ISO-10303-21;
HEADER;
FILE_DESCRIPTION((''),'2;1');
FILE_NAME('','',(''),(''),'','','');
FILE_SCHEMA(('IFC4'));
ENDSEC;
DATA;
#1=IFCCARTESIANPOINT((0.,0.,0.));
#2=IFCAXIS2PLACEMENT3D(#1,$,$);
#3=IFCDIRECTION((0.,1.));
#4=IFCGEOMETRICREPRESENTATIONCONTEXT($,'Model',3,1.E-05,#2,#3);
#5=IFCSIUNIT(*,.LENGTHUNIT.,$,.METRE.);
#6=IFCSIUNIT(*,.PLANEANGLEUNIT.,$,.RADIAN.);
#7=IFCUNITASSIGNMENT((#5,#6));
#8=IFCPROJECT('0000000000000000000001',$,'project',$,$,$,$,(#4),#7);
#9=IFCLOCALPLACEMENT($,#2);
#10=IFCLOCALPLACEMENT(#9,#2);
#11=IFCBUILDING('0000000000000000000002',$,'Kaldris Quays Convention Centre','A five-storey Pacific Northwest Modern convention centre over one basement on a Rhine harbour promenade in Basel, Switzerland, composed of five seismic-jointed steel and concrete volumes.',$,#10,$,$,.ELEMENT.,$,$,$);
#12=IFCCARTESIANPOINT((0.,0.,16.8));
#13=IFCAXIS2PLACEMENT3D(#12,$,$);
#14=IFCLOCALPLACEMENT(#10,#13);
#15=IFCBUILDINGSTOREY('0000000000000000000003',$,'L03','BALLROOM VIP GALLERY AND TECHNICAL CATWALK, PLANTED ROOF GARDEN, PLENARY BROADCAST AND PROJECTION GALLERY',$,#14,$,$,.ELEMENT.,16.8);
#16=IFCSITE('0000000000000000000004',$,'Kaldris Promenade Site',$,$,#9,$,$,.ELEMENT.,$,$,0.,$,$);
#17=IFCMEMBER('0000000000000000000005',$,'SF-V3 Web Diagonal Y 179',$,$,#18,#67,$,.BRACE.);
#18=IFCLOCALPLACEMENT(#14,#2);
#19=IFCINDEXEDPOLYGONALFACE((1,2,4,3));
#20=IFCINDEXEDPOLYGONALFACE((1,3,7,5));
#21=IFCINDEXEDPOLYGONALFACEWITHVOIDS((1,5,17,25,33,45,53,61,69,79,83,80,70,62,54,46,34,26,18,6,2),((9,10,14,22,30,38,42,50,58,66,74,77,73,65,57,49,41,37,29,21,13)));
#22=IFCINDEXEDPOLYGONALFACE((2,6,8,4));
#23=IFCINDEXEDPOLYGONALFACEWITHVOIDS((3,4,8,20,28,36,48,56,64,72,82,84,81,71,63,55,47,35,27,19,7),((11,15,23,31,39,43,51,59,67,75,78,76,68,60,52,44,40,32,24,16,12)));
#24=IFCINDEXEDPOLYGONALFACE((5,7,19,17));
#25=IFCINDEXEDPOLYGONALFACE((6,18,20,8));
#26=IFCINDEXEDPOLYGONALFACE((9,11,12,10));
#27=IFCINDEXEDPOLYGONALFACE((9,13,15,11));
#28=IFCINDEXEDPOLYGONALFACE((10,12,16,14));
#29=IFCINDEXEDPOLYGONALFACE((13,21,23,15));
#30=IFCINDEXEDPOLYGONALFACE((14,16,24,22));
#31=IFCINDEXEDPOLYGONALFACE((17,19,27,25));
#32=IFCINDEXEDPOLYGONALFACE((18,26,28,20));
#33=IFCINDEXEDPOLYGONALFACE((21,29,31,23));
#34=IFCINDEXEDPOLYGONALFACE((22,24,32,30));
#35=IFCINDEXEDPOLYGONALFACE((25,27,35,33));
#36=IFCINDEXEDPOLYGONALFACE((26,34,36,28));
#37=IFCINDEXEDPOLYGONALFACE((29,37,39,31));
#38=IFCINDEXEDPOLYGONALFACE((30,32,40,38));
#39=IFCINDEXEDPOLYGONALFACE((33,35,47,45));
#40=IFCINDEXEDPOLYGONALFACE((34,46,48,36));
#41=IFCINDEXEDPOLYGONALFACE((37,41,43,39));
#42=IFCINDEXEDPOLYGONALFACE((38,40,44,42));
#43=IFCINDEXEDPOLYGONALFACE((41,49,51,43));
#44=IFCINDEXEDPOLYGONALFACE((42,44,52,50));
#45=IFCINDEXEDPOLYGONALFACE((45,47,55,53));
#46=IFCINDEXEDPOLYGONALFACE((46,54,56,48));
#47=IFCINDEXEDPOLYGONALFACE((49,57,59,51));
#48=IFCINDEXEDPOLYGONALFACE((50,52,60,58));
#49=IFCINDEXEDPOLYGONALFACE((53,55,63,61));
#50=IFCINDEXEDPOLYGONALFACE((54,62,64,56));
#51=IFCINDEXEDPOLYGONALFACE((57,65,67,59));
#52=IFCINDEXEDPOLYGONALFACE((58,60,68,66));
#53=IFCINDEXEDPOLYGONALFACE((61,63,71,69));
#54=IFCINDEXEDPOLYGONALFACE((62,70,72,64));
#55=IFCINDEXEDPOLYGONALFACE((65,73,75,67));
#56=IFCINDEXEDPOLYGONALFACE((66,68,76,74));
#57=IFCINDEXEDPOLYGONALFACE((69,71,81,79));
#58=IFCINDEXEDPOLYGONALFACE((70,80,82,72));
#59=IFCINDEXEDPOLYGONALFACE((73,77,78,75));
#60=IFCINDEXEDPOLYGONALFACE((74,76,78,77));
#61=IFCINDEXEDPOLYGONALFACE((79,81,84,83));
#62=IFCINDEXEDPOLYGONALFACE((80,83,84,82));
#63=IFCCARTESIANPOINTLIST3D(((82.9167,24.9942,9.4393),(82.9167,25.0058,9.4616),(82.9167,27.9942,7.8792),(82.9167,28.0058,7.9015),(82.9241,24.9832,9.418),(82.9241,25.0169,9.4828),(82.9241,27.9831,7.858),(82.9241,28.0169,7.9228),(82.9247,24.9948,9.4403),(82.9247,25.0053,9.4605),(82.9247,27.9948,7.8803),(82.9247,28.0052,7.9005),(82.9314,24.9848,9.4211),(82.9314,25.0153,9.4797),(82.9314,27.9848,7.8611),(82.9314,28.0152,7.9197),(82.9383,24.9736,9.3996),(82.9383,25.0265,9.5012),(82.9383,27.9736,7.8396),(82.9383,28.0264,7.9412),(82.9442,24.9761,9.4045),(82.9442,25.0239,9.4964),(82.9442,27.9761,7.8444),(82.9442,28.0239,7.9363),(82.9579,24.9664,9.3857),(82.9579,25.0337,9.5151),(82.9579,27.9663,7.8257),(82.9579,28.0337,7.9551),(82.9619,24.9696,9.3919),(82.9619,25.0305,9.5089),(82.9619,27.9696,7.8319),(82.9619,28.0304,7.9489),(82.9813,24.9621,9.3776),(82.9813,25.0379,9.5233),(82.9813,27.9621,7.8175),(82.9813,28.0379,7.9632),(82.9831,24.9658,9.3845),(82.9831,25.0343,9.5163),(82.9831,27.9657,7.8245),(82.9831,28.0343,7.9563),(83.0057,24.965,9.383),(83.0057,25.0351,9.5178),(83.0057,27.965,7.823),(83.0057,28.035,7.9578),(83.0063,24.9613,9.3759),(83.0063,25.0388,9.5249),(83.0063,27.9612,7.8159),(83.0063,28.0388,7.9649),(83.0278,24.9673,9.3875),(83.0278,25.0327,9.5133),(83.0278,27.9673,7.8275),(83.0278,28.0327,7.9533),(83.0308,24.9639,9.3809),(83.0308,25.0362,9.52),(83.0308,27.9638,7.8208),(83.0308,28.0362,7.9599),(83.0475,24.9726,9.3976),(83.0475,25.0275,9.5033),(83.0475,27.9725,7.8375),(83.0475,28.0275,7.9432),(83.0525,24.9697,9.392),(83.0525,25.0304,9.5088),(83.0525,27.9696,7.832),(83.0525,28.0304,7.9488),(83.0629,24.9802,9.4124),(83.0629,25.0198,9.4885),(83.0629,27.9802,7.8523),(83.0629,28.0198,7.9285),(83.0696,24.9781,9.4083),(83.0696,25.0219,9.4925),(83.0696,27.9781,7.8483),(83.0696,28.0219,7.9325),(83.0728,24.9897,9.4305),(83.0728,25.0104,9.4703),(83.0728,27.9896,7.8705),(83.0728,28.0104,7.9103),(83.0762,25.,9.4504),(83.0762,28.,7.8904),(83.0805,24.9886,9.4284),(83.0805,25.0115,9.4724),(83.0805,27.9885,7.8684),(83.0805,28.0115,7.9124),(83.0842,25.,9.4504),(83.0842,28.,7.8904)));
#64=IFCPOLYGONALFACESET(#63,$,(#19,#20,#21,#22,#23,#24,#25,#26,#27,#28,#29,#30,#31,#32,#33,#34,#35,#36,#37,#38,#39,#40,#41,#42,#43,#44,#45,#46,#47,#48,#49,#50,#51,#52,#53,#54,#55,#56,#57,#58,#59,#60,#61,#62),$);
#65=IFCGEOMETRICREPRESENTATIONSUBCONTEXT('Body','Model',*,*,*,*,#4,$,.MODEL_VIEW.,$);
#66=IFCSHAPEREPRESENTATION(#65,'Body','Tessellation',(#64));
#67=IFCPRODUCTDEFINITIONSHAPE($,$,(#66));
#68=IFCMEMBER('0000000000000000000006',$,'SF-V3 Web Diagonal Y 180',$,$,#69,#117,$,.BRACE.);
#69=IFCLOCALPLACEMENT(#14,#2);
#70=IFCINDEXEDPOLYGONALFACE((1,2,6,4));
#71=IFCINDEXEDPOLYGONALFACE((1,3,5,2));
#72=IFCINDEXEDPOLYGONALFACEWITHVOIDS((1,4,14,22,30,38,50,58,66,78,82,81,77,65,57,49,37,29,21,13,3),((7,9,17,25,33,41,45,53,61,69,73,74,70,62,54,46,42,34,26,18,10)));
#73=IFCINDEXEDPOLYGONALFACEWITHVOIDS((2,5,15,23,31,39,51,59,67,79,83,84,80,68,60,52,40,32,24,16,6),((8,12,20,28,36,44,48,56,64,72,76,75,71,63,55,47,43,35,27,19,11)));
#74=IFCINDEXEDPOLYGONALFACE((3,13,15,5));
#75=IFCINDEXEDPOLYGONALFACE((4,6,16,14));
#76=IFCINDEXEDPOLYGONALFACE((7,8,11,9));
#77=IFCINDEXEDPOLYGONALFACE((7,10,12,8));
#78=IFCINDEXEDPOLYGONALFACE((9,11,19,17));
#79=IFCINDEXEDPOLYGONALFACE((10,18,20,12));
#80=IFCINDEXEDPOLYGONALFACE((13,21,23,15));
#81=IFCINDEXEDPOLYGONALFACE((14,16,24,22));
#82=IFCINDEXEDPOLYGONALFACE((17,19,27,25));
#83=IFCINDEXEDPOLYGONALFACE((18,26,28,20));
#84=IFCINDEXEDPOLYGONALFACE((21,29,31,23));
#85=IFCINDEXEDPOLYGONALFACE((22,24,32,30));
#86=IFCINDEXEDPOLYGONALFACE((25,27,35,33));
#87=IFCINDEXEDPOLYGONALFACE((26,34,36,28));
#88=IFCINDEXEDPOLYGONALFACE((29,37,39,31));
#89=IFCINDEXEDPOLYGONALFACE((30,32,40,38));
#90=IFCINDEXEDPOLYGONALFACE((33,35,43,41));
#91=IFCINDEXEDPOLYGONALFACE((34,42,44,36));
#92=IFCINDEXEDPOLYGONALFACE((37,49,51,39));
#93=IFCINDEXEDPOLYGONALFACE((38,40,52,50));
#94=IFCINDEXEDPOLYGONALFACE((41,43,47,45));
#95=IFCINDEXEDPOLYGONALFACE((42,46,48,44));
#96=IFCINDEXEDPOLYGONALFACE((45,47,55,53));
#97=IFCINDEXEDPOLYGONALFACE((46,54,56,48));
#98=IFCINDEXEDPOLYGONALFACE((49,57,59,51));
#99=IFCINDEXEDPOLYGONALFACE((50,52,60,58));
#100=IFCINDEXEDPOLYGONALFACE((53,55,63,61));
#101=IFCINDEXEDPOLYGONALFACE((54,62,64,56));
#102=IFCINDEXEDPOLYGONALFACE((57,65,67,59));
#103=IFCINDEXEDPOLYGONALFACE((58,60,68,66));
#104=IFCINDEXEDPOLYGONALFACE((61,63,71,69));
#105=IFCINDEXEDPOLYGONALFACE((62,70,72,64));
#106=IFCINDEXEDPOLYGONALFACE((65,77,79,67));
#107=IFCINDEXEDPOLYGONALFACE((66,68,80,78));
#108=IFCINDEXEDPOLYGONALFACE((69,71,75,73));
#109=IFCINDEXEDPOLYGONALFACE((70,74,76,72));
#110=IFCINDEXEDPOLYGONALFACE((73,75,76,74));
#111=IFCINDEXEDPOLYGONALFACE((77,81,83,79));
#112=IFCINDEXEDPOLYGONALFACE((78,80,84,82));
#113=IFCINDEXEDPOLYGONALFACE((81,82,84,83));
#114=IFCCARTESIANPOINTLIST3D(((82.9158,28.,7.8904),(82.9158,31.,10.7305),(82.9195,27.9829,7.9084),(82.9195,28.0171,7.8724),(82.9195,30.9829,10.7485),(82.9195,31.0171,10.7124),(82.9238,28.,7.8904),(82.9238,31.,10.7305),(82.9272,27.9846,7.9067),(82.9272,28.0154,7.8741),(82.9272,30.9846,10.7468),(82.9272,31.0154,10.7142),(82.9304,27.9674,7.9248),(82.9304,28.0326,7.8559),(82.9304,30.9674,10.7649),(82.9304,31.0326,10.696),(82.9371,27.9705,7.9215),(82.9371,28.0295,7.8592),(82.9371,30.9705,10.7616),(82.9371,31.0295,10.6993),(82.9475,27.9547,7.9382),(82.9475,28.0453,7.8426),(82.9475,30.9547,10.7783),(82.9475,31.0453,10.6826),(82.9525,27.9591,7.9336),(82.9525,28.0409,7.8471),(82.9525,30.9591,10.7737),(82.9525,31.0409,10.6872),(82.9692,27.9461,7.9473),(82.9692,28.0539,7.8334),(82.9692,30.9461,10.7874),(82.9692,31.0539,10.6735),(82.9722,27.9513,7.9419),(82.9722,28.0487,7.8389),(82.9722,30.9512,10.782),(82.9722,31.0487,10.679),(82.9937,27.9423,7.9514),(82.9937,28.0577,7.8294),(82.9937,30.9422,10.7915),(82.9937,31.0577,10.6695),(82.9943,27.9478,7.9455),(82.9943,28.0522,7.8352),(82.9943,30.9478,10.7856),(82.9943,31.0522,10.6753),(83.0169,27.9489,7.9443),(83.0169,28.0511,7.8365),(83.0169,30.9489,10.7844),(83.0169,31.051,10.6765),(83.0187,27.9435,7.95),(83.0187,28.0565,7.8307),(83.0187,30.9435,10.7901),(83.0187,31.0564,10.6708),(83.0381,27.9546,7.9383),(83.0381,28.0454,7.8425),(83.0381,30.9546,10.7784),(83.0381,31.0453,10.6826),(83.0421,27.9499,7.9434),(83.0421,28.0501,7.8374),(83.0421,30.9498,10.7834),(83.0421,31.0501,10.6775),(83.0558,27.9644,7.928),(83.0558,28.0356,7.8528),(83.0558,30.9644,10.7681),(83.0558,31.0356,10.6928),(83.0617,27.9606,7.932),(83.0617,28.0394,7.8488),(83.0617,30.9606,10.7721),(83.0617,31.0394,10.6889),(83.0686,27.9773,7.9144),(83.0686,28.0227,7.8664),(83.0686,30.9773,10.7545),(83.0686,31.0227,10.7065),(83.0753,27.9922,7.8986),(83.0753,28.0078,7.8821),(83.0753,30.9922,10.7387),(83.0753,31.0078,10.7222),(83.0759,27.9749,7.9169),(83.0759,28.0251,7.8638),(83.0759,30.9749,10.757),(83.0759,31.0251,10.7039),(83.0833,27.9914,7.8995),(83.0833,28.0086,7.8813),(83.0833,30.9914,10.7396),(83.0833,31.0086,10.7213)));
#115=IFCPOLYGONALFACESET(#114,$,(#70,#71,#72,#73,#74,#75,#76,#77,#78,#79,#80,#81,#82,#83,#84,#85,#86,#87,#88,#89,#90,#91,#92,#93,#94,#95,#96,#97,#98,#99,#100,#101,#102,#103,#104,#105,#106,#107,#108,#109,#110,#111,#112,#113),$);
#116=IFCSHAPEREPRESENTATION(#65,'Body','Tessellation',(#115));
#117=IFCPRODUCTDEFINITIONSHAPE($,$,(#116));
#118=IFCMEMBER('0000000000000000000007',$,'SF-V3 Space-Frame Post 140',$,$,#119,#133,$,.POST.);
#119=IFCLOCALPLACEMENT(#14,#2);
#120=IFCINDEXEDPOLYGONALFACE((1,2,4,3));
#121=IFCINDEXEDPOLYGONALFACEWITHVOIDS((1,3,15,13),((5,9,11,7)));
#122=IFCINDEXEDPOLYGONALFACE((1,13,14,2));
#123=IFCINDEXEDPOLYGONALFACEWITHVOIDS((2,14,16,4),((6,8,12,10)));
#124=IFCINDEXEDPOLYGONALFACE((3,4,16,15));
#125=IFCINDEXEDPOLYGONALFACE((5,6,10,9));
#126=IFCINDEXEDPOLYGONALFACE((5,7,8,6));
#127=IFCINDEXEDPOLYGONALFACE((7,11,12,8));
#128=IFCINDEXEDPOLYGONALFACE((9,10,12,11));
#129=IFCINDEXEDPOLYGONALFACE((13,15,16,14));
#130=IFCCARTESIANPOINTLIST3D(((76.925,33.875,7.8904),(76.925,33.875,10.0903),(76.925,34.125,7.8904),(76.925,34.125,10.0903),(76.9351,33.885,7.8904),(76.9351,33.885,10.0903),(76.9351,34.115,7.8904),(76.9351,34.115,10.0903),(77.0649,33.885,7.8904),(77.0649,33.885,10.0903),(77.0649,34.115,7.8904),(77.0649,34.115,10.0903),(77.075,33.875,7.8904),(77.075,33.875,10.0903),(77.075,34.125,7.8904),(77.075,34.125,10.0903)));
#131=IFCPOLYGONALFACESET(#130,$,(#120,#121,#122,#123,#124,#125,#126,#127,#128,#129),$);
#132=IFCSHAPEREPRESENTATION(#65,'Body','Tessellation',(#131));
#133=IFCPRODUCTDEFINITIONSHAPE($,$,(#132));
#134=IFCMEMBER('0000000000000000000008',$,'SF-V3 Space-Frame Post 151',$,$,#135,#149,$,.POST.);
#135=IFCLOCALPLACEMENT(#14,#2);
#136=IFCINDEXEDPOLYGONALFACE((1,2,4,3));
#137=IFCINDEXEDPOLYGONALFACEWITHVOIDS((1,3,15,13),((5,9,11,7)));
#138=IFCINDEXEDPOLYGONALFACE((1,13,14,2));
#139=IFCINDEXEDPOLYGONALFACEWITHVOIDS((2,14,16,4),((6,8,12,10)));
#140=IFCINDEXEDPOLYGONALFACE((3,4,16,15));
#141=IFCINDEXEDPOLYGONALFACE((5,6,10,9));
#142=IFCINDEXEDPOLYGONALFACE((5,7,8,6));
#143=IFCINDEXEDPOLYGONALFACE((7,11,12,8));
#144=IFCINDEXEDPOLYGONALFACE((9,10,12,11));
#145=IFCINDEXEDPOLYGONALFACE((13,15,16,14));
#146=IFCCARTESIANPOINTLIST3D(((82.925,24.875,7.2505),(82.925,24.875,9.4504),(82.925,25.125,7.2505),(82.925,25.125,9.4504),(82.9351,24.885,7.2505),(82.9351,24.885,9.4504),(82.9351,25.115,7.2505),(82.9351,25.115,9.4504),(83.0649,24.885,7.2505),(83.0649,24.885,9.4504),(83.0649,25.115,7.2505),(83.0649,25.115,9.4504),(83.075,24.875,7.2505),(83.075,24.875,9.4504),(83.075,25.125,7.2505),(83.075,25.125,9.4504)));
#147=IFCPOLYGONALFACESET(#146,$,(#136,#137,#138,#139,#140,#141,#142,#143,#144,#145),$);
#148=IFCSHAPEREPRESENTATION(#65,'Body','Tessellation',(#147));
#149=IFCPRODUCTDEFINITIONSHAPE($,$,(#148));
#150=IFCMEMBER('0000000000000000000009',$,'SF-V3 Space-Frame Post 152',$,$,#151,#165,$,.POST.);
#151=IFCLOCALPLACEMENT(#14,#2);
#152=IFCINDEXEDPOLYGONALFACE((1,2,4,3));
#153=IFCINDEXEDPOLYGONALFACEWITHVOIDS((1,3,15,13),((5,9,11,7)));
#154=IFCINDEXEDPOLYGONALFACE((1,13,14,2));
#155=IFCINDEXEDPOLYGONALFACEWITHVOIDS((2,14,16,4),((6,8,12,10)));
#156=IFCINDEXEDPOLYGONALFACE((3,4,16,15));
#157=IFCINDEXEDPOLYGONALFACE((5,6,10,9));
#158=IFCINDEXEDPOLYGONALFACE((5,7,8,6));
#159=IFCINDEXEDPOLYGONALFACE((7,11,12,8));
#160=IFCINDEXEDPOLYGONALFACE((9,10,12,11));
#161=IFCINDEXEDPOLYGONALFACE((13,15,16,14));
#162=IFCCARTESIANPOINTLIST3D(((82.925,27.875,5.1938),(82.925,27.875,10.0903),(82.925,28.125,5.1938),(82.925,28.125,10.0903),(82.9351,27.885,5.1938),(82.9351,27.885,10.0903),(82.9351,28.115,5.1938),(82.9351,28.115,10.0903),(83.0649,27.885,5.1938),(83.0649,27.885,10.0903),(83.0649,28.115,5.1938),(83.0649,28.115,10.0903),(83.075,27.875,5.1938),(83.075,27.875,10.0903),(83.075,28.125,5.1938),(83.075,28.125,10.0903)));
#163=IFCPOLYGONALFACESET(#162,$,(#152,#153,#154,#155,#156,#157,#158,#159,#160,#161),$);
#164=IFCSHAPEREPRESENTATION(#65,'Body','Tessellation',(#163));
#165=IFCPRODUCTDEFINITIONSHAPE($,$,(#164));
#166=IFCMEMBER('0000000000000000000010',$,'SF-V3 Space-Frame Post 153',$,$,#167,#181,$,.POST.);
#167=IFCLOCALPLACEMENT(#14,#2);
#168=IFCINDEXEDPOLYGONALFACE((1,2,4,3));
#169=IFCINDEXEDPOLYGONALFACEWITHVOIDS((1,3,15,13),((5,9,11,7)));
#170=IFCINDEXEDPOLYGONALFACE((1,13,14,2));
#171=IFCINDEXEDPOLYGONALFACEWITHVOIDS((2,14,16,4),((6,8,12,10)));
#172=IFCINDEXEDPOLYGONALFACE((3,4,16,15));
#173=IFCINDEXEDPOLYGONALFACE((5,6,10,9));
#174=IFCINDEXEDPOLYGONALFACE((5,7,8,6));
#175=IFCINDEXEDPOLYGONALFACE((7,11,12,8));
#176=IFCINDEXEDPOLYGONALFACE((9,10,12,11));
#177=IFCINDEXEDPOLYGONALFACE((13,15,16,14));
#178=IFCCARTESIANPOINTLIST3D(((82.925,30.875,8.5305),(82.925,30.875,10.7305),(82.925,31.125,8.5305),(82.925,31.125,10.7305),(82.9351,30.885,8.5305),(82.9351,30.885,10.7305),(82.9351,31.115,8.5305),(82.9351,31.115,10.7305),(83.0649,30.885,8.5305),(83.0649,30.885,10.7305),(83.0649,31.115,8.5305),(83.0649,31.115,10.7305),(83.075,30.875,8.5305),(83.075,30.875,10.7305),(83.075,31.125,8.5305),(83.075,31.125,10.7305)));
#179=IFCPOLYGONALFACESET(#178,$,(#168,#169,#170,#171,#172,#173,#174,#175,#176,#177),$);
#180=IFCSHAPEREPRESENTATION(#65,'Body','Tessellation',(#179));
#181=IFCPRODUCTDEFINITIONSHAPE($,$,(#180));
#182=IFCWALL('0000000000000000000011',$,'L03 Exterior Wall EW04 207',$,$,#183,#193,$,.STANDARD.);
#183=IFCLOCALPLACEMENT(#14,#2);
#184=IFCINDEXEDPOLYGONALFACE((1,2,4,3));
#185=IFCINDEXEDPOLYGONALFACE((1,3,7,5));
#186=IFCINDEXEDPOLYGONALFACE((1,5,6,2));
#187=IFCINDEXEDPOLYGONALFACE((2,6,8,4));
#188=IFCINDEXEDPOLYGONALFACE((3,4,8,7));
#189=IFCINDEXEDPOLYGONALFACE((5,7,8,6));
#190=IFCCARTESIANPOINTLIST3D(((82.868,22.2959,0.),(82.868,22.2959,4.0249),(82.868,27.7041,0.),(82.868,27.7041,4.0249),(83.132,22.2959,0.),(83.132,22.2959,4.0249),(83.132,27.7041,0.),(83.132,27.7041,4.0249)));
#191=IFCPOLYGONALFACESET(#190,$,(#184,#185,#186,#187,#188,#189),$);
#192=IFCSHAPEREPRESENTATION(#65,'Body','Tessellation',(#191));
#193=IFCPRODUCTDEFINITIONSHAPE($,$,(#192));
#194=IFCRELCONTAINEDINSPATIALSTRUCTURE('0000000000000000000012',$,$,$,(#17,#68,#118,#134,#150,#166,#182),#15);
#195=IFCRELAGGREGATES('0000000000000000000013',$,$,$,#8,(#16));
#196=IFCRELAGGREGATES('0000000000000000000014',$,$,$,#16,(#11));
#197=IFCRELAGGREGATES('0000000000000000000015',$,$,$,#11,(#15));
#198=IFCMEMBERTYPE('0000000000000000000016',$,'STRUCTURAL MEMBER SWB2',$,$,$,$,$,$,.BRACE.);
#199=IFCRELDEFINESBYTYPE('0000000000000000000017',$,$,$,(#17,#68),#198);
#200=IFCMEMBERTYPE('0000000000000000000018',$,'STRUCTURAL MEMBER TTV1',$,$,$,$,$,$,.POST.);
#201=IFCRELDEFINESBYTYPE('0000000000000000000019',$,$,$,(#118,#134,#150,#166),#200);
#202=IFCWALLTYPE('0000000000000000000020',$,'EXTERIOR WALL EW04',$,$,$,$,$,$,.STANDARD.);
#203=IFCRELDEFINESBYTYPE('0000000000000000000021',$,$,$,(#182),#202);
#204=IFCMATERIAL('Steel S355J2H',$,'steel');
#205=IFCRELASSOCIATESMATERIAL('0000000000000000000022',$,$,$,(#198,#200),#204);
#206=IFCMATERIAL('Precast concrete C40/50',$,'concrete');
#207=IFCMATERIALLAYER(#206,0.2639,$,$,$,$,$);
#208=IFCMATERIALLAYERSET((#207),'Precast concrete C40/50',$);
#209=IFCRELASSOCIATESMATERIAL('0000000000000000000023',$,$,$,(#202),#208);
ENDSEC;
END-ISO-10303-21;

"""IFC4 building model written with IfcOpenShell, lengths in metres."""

from ifc_helpers import new_model, si_unit, direction, frame, frame_2d, origin, origin_2d, place, context, subcontext, project, spatial, rectangle, hollow_rectangle, hollow_circle, extrude, material, layer, layer_set, material_profile, profile_set, type_object, element, save


model = new_model("IFC4")

# Units and contexts
model_context = context("Model", 3, precision=1e-05, world=origin(), true_north=direction((0.0, 1.0)))
body_context = subcontext(model_context, "Body", "Model", "MODEL_VIEW")
ifc_project = project(units=[si_unit("LENGTHUNIT", "METRE"), si_unit("PLANEANGLEUNIT", "RADIAN")], contexts=[model_context])

# Site, building, storey
site_placement = place(None, origin())
site = spatial("IfcSite", under=ifc_project, at=site_placement, Name="Kaldris Promenade Site", CompositionType="ELEMENT", RefElevation=0.0)
building_placement = place(site_placement, origin())
building = spatial("IfcBuilding", under=site, at=building_placement, Name="Kaldris Quays Convention Centre", Description="A five-storey Pacific Northwest Modern convention centre over one basement on a Rhine harbour promenade in Basel, Switzerland, composed of five seismic-jointed steel and concrete volumes.", CompositionType="ELEMENT")
storey_placement = place(building_placement, frame((0.0, 0.0, 16.8)))
storey = spatial("IfcBuildingStorey", under=building, at=storey_placement, Name="L03", Description="BALLROOM VIP GALLERY AND TECHNICAL CATWALK, PLANTED ROOF GARDEN, PLENARY BROADCAST AND PROJECTION GALLERY", CompositionType="ELEMENT", Elevation=16.8)

# Members
ifc_material_1 = material(Name="Steel S355J2H", Category="steel")
ifc_material_profile_1 = material_profile(ifc_material_1, hollow_circle(Radius=0.0842, WallThickness=0.0081, at=origin_2d()), Name="CHS 168.3x8")
ifc_profile_set_1 = profile_set([ifc_material_profile_1], Name="Steel S355J2H")
member_type_1 = type_object("IfcMemberType", Name="STRUCTURAL MEMBER SWB2", PredefinedType="BRACE", material=ifc_profile_set_1)
member_1_placement = place(storey_placement, frame((83.0, 28.0, 7.8904), z_axis=(0.0, -0.88721, 0.461366), x_axis=(1.0, 0.0, 0.0)))
element("IfcMember", 1, at=member_1_placement, inside=storey, type_object=member_type_1, Name="SF-V3 Web Diagonal Y 179", PredefinedType="BRACE", context=body_context, shape_type="SweptSolid", body=[
    extrude(hollow_circle(Radius=0.0842, WallThickness=0.0081, at=origin_2d()), origin(), (0.0, 0.0, 1.0), 3.3813),
])
member_2_placement = place(storey_placement, frame((83.0, 28.0, 7.8904), z_axis=(0.0, 0.726196, 0.687487), x_axis=(-1.0, 0.0, 0.0)))
element("IfcMember", 2, at=member_2_placement, inside=storey, type_object=member_type_1, Name="SF-V3 Web Diagonal Y 180", PredefinedType="BRACE", context=body_context, shape_type="SweptSolid", body=[
    extrude(hollow_circle(Radius=0.0842, WallThickness=0.0081, at=origin_2d()), origin(), (0.0, 0.0, 1.0), 4.1311),
])
ifc_material_profile_2 = material_profile(ifc_material_1, hollow_rectangle(XDim=0.1499, YDim=0.25, WallThickness=0.01, at=origin_2d()), Name="RHS 250x150x10")
ifc_profile_set_2 = profile_set([ifc_material_profile_2], Name="Steel S355J2H")
member_type_2 = type_object("IfcMemberType", Name="STRUCTURAL MEMBER TTV1", PredefinedType="POST", material=ifc_profile_set_2)
for number, where, z_axis, x_axis, name in (
    (3, (77.0, 34.0, 7.8904), (0.0, 0.0, 1.0), (1.0, 0.0, 0.0), "SF-V3 Space-Frame Post 140"),
    (4, (83.0, 25.0, 7.2505), (0.0, 0.0, 1.0), (1.0, 0.0, 0.0), "SF-V3 Space-Frame Post 151"),
):
    element("IfcMember", number, at=place(storey_placement, frame(where, z_axis=z_axis, x_axis=x_axis)), inside=storey, type_object=member_type_2, Name=name, PredefinedType="POST", context=body_context, shape_type="SweptSolid", body=[
        extrude(hollow_rectangle(XDim=0.1499, YDim=0.25, WallThickness=0.01, at=origin_2d()), origin(), (0.0, 0.0, 1.0), 2.2),
    ])
member_3_placement = place(storey_placement, frame((83.0, 28.0, 5.1938), z_axis=(0.0, 0.0, 1.0), x_axis=(1.0, 0.0, 0.0)))
element("IfcMember", 5, at=member_3_placement, inside=storey, type_object=member_type_2, Name="SF-V3 Space-Frame Post 152", PredefinedType="POST", context=body_context, shape_type="SweptSolid", body=[
    extrude(hollow_rectangle(XDim=0.1499, YDim=0.25, WallThickness=0.01, at=origin_2d()), origin(), (0.0, 0.0, 1.0), 4.8965),
])
member_4_placement = place(storey_placement, frame((83.0, 31.0, 8.5305), z_axis=(0.0, 0.0, 1.0), x_axis=(1.0, 0.0, 0.0)))
element("IfcMember", 6, at=member_4_placement, inside=storey, type_object=member_type_2, Name="SF-V3 Space-Frame Post 153", PredefinedType="POST", context=body_context, shape_type="SweptSolid", body=[
    extrude(hollow_rectangle(XDim=0.1499, YDim=0.25, WallThickness=0.01, at=origin_2d()), origin(), (0.0, 0.0, 1.0), 2.2),
])

# Wall
ifc_material_2 = material(Name="Precast concrete C40/50", Category="concrete")
ifc_layer = layer(ifc_material_2, 0.2639)
ifc_layer_set = layer_set([ifc_layer], Name="Precast concrete C40/50")
wall_type = type_object("IfcWallType", Name="EXTERIOR WALL EW04", PredefinedType="STANDARD", material=ifc_layer_set)
wall_1_placement = place(storey_placement, frame((83.0, 22.2959, 0.0), z_axis=(0.0, 0.0, 1.0), x_axis=(0.0, 1.0, 0.0)))
element("IfcWall", 7, at=wall_1_placement, inside=storey, type_object=wall_type, Name="L03 Exterior Wall EW04 207", PredefinedType="STANDARD", context=body_context, shape_type="SweptSolid", body=[
    extrude(rectangle(XDim=5.4082, YDim=0.2639, at=frame_2d((2.7041, 0.0))), origin(), (0.0, 0.0, 1.0), 4.0249),
])

save(model, "model.ifc")
